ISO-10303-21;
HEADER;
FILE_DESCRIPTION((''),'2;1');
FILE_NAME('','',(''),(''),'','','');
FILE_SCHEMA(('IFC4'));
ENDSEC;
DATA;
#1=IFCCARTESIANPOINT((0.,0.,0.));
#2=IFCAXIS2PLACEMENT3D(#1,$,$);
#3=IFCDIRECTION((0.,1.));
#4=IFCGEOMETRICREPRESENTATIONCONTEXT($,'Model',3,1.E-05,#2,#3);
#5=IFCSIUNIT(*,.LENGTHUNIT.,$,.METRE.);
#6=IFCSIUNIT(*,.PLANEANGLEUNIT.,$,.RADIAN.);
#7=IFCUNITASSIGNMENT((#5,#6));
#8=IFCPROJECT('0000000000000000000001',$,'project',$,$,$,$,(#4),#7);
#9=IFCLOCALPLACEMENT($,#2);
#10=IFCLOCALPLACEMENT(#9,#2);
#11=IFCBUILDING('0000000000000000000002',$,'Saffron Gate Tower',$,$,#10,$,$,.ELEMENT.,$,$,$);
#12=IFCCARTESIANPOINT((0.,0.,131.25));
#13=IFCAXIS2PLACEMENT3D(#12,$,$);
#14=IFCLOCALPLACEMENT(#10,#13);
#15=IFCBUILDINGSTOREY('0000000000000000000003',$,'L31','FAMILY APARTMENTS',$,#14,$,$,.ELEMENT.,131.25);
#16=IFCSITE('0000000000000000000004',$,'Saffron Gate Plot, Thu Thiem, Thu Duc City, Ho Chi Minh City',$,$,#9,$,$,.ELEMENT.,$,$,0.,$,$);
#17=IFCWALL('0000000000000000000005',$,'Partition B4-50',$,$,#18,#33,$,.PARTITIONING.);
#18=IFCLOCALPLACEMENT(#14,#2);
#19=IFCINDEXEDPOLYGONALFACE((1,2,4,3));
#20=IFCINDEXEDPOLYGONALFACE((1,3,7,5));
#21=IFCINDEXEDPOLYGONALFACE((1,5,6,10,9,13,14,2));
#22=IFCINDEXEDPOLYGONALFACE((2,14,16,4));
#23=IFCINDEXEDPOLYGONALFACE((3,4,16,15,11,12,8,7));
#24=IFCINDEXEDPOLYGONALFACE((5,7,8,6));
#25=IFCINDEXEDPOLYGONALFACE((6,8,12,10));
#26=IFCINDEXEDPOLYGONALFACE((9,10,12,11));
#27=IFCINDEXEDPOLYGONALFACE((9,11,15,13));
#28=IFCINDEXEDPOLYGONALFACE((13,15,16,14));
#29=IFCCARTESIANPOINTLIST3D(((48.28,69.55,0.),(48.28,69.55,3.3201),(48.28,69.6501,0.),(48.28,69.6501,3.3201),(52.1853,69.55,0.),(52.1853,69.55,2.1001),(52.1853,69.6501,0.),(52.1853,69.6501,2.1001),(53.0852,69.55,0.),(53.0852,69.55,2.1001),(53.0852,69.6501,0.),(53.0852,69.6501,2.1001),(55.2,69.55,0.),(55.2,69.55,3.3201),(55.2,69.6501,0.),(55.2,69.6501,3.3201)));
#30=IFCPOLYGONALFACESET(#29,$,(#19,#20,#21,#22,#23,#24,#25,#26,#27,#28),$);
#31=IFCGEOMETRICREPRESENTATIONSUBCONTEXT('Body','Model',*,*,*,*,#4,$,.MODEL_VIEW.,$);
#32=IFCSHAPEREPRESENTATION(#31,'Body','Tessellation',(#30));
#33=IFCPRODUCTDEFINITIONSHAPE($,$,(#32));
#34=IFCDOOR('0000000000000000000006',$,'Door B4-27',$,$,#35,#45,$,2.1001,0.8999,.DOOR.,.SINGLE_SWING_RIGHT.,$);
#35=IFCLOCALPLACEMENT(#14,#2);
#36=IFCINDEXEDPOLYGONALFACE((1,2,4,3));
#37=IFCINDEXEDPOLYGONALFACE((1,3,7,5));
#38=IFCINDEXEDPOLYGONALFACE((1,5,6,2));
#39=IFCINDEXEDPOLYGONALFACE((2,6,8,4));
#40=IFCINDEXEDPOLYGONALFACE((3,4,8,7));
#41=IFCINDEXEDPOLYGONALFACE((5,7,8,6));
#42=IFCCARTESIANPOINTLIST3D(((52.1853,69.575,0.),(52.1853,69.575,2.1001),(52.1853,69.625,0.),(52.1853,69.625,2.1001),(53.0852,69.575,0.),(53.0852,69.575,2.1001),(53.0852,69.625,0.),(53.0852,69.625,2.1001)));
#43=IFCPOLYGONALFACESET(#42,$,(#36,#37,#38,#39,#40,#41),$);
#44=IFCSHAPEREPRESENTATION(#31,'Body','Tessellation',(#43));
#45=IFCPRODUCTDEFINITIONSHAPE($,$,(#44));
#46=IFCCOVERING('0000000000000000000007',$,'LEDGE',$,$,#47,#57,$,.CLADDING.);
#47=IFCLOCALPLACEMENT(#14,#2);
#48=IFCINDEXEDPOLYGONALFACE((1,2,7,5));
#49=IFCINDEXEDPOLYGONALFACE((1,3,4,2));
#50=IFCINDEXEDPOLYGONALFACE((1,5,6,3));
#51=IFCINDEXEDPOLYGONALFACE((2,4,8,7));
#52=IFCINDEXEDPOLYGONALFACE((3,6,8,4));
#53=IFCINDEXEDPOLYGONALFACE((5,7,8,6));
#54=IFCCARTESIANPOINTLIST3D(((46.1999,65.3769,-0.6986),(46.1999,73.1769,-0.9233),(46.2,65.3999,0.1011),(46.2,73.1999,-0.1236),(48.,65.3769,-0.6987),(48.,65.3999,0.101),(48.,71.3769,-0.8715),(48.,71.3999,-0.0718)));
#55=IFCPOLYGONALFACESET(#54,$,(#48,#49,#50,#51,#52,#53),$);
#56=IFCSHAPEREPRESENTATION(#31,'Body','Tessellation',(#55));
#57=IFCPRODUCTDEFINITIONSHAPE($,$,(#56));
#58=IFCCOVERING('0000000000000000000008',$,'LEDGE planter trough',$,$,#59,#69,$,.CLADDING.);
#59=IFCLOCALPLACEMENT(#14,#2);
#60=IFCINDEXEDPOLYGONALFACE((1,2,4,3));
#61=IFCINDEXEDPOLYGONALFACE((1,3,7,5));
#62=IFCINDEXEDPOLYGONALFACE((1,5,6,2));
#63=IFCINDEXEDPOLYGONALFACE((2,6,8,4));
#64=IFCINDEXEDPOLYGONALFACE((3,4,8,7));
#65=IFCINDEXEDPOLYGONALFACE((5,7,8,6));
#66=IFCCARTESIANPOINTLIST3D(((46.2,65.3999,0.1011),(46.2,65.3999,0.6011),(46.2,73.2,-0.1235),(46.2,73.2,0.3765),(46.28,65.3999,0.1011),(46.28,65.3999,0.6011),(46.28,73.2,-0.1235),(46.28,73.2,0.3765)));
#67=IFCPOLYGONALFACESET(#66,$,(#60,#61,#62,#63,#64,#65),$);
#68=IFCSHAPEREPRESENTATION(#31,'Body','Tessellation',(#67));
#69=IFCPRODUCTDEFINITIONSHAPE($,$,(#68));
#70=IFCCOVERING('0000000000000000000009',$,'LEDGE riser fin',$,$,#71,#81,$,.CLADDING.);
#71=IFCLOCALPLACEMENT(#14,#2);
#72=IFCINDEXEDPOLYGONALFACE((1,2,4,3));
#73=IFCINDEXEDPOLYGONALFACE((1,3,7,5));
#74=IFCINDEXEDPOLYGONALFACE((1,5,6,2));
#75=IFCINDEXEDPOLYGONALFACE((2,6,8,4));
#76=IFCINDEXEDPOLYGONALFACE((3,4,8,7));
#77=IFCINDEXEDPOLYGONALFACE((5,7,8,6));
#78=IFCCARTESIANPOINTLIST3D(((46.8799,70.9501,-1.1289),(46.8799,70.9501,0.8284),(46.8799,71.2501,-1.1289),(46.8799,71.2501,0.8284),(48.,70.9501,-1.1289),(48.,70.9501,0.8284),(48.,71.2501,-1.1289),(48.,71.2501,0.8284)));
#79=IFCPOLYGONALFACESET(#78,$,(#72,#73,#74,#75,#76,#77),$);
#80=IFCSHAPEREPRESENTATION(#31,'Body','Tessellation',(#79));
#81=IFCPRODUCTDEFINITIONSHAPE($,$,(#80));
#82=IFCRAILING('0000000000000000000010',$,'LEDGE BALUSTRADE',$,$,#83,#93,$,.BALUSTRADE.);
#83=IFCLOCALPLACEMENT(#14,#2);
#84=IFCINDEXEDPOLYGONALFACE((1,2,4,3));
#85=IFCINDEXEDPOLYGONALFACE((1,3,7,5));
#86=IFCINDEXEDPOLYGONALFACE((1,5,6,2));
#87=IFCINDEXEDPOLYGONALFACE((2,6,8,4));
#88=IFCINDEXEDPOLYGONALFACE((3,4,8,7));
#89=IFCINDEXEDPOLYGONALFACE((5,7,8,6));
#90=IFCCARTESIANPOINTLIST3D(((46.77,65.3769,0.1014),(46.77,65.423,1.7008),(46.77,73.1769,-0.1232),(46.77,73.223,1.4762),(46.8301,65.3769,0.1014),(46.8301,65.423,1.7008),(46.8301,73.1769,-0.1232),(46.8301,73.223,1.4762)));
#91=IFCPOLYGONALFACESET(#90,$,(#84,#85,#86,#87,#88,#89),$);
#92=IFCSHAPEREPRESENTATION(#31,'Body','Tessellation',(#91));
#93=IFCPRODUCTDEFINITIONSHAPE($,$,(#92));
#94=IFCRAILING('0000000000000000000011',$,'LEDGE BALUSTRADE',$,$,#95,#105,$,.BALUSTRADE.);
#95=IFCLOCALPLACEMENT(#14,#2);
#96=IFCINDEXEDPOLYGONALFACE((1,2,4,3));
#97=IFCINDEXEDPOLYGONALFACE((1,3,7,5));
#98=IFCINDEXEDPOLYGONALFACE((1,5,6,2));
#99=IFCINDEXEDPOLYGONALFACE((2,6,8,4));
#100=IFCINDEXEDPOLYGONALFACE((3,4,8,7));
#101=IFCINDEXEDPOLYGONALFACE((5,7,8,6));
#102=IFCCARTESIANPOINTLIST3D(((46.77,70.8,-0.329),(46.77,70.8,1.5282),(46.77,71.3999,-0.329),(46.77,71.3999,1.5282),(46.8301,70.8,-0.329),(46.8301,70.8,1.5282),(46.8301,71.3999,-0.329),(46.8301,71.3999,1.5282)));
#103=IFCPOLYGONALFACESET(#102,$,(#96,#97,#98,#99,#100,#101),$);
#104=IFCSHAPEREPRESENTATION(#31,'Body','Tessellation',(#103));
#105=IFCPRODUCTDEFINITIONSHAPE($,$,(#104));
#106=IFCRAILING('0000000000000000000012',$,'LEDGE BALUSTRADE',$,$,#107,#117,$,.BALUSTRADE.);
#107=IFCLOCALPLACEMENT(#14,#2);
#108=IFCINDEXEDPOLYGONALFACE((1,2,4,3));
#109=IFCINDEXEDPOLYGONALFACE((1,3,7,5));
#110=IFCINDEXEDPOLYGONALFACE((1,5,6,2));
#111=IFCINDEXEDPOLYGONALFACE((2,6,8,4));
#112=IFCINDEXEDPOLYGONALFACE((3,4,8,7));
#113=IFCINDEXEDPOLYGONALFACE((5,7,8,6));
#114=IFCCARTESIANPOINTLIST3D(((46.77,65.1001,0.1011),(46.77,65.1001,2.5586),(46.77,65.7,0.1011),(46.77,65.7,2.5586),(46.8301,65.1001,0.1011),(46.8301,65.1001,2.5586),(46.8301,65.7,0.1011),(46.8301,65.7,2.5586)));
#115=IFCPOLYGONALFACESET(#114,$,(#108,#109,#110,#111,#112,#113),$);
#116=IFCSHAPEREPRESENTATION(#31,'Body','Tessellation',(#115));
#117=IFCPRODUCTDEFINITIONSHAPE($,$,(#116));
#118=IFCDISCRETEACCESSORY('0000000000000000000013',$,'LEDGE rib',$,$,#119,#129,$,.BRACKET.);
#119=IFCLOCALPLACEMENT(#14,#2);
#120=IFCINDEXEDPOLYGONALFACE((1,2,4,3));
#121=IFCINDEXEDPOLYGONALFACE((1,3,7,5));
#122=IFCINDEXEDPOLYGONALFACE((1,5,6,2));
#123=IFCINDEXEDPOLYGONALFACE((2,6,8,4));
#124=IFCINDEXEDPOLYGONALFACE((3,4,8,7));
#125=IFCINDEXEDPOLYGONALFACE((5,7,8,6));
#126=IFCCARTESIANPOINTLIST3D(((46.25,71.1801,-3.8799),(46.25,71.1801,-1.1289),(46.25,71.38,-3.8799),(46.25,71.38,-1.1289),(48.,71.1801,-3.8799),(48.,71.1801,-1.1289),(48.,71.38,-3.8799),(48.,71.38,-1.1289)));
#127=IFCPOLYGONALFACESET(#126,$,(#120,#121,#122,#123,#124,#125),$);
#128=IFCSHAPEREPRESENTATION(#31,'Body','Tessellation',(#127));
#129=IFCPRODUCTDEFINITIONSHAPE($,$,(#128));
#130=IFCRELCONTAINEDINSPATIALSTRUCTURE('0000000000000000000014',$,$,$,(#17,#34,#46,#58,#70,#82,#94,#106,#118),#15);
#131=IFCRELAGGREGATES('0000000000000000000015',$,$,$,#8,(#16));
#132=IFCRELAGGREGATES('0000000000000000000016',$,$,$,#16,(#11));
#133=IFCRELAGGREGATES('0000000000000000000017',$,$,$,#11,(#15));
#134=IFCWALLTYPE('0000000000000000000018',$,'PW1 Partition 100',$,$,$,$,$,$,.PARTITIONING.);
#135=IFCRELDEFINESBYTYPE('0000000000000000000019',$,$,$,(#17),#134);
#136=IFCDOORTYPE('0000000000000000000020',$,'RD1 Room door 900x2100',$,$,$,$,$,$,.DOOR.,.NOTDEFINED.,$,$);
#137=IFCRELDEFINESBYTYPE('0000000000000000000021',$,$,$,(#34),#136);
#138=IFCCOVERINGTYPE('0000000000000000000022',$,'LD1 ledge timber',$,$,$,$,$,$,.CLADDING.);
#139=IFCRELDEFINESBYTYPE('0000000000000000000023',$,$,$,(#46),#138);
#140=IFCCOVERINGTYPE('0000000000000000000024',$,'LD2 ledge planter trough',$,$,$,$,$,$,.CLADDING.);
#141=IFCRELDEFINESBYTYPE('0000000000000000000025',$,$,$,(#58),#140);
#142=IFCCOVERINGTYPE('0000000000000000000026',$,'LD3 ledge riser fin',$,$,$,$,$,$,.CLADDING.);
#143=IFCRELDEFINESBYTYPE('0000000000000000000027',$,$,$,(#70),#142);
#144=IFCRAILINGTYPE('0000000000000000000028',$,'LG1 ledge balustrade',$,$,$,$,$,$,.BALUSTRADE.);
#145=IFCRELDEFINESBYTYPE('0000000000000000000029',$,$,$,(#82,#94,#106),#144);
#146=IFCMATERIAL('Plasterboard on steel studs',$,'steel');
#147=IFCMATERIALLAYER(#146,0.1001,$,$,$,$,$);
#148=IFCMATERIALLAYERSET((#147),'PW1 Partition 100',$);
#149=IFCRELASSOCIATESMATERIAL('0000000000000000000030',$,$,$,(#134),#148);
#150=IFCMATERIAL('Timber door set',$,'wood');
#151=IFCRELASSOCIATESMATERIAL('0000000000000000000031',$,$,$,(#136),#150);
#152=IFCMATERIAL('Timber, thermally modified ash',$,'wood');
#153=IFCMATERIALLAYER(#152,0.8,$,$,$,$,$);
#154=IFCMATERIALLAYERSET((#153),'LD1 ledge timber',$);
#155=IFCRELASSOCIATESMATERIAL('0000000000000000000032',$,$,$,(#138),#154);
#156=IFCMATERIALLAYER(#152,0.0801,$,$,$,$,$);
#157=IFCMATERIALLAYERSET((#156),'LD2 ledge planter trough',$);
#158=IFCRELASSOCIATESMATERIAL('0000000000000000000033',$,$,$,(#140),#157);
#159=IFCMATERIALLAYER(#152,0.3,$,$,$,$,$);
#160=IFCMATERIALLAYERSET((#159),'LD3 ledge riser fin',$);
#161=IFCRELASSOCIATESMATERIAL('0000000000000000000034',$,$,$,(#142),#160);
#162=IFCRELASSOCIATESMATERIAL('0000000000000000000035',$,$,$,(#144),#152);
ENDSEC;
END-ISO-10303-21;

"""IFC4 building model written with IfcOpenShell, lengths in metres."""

from ifc_helpers import new_model, si_unit, direction, frame, frame_2d, origin, origin_2d, place, context, subcontext, project, spatial, polyline, rectangle, outline, extrude, material, layer, layer_set, type_object, element, fill, save


model = new_model("IFC4")

# Units and contexts
model_context = context("Model", 3, precision=1e-05, world=origin(), true_north=direction((0.0, 1.0)))
body_context = subcontext(model_context, "Body", "Model", "MODEL_VIEW")
ifc_project = project(units=[si_unit("LENGTHUNIT", "METRE"), si_unit("PLANEANGLEUNIT", "RADIAN")], contexts=[model_context])

# Site, building, storey
site_placement = place(None, origin())
site = spatial("IfcSite", under=ifc_project, at=site_placement, Name="Saffron Gate Plot, Thu Thiem, Thu Duc City, Ho Chi Minh City", CompositionType="ELEMENT", RefElevation=0.0)
building_placement = place(site_placement, origin())
building = spatial("IfcBuilding", under=site, at=building_placement, Name="Saffron Gate Tower", CompositionType="ELEMENT")
storey_placement = place(building_placement, frame((0.0, 0.0, 131.25)))
storey = spatial("IfcBuildingStorey", under=building, at=storey_placement, Name="L31", Description="FAMILY APARTMENTS", CompositionType="ELEMENT", Elevation=131.25)

# Wall, opening, door
ifc_material_1 = material(Name="Plasterboard on steel studs", Category="steel")
ifc_layer_1 = layer(ifc_material_1, 0.1001)
ifc_layer_set_1 = layer_set([ifc_layer_1], Name="PW1 Partition 100")
wall_type = type_object("IfcWallType", Name="PW1 Partition 100", PredefinedType="PARTITIONING", material=ifc_layer_set_1)
wall_placement = place(storey_placement, frame((48.28, 69.6001, 0.0), z_axis=(0.0, 0.0, 1.0), x_axis=(1.0, 0.0, 0.0)))
wall = element("IfcWall", 1, at=wall_placement, inside=storey, type_object=wall_type, Name="Partition B4-50", PredefinedType="PARTITIONING", context=body_context, shape_type="SweptSolid", body=[
    extrude(rectangle(XDim=6.9199, YDim=0.1001, at=frame_2d((3.46, 0.0))), origin(), (0.0, 0.0, 1.0), 3.3201),
])
opening_1_placement = place(wall_placement, frame((3.9053, 0.0, 0.0)))
opening_1 = element("IfcOpeningElement", 2, at=opening_1_placement, cuts=wall, PredefinedType="OPENING", context=body_context, shape_type="SweptSolid", body=[
    extrude(rectangle(XDim=0.8999, YDim=2.1001, at=frame_2d((0.45, 1.05))), frame((0.0, 0.0601, 0.0), z_axis=(0.0, -1.0, 0.0), x_axis=(1.0, 0.0, 0.0)), (0.0, 0.0, 1.0), 0.1201),
])
ifc_material_2 = material(Name="Timber door set", Category="wood")
door_type = type_object("IfcDoorType", Name="RD1 Room door 900x2100", OperationType="NOTDEFINED", PredefinedType="DOOR", material=ifc_material_2)
door_placement = place(opening_1_placement, origin())
door = element("IfcDoor", 3, at=door_placement, inside=storey, type_object=door_type, Name="Door B4-27", OperationType="SINGLE_SWING_RIGHT", OverallHeight=2.1001, OverallWidth=0.8999, PredefinedType="DOOR", context=body_context, shape_type="SweptSolid", body=[
    extrude(rectangle(XDim=0.8999, YDim=2.1001, at=frame_2d((0.45, 1.05))), frame((0.0, 0.0249, 0.0), z_axis=(0.0, -1.0, 0.0), x_axis=(1.0, 0.0, 0.0)), (0.0, 0.0, 1.0), 0.05),
])
fill(opening_1, door)

# Coverings
ifc_material_3 = material(Name="Timber, thermally modified ash", Category="wood")
ifc_layer_2 = layer(ifc_material_3, 0.8)
ifc_layer_set_2 = layer_set([ifc_layer_2], Name="LD1 ledge timber")
covering_type_1 = type_object("IfcCoveringType", Name="LD1 ledge timber", PredefinedType="CLADDING", material=ifc_layer_set_2)
covering_1_placement = place(storey_placement, frame((48.0, 71.3999, -0.0718), z_axis=(0.000024, 0.028789, 0.999585), x_axis=(0.0, -0.999585, 0.028789)))
element("IfcCovering", 4, at=covering_1_placement, inside=storey, type_object=covering_type_1, Name="LEDGE", PredefinedType="CLADDING", context=body_context, shape_type="SweptSolid", body=[
    extrude(outline(polyline([(0.0, 0.0), (6.0025, 0.0), (6.0025, -1.8), (-1.8008, -1.8), (0.0, 0.0)])), origin(), (0.0, 0.0, -1.0), 0.8),
])
ifc_layer_3 = layer(ifc_material_3, 0.0801)
ifc_layer_set_3 = layer_set([ifc_layer_3], Name="LD2 ledge planter trough")
covering_type_2 = type_object("IfcCoveringType", Name="LD2 ledge planter trough", PredefinedType="CLADDING", material=ifc_layer_set_3)
covering_2_placement = place(storey_placement, frame((46.2, 73.2, -0.1235), z_axis=(-1.0, 0.0, 0.0), x_axis=(0.0, -0.999586, 0.028784)))
element("IfcCovering", 5, at=covering_2_placement, inside=storey, type_object=covering_type_2, Name="LEDGE planter trough", PredefinedType="CLADDING", context=body_context, shape_type="SweptSolid", body=[
    extrude(outline(polyline([(0.0, 0.0), (7.8033, 0.0), (7.8177, 0.4998), (0.0144, 0.4998), (0.0, 0.0)])), origin(), (0.0, 0.0, -1.0), 0.0801),
])
ifc_layer_4 = layer(ifc_material_3, 0.3)
ifc_layer_set_4 = layer_set([ifc_layer_4], Name="LD3 ledge riser fin")
covering_type_3 = type_object("IfcCoveringType", Name="LD3 ledge riser fin", PredefinedType="CLADDING", material=ifc_layer_set_4)
covering_3_placement = place(storey_placement, frame((47.4399, 71.1001, -1.1289), z_axis=(0.0, 0.0, 1.0), x_axis=(0.0, -1.0, 0.0)))
element("IfcCovering", 6, at=covering_3_placement, inside=storey, type_object=covering_type_3, Name="LEDGE riser fin", PredefinedType="CLADDING", context=body_context, shape_type="SweptSolid", body=[
    extrude(rectangle(XDim=0.3, YDim=1.1201, at=origin_2d()), origin(), (0.0, 0.0, 1.0), 1.9573),
])

# Railings
railing_type = type_object("IfcRailingType", Name="LG1 ledge balustrade", PredefinedType="BALUSTRADE", material=ifc_material_3)
railing_1_placement = place(storey_placement, frame((46.8, 73.2, -0.1235)))
element("IfcRailing", 7, at=railing_1_placement, inside=storey, type_object=railing_type, Name="LEDGE BALUSTRADE", PredefinedType="BALUSTRADE", context=body_context, shape_type="SweptSolid", body=[
    extrude(rectangle(XDim=0.0601, YDim=1.6001, at=origin_2d()), frame((0.0, 0.0, 0.8), z_axis=(0.0, -0.999586, 0.028784), x_axis=(1.0, 0.0, 0.0)), (0.0, 0.0, 1.0), 7.8032),
])
railing_2_placement = place(storey_placement, frame((46.8, 71.3999, -0.3291)))
element("IfcRailing", 8, at=railing_2_placement, inside=storey, type_object=railing_type, Name="LEDGE BALUSTRADE", PredefinedType="BALUSTRADE", context=body_context, shape_type="SweptSolid", body=[
    extrude(rectangle(XDim=0.0601, YDim=1.8572, at=origin_2d()), frame((0.0, 0.0, 0.9287), z_axis=(0.0, -1.0, 0.0), x_axis=(1.0, 0.0, 0.0)), (0.0, 0.0, 1.0), 0.5999),
])
railing_3_placement = place(storey_placement, frame((46.8, 65.7, 0.1011)))
element("IfcRailing", 9, at=railing_3_placement, inside=storey, type_object=railing_type, Name="LEDGE BALUSTRADE", PredefinedType="BALUSTRADE", context=body_context, shape_type="SweptSolid", body=[
    extrude(rectangle(XDim=0.0601, YDim=2.4575, at=origin_2d()), frame((0.0, 0.0, 1.2288), z_axis=(0.0, -1.0, 0.0), x_axis=(1.0, 0.0, 0.0)), (0.0, 0.0, 1.0), 0.5999),
])

# Discrete accessory
discrete_accessory_placement = place(storey_placement, frame((47.125, 71.28, -3.8799), z_axis=(0.0, 0.0, 1.0), x_axis=(0.0, -1.0, 0.0)))
element("IfcDiscreteAccessory", 10, at=discrete_accessory_placement, inside=storey, Name="LEDGE rib", PredefinedType="BRACKET", context=body_context, shape_type="SweptSolid", body=[
    extrude(rectangle(XDim=0.2, YDim=1.75, at=origin_2d()), origin(), (0.0, 0.0, 1.0), 2.751),
])

save(model, "model.ifc")
